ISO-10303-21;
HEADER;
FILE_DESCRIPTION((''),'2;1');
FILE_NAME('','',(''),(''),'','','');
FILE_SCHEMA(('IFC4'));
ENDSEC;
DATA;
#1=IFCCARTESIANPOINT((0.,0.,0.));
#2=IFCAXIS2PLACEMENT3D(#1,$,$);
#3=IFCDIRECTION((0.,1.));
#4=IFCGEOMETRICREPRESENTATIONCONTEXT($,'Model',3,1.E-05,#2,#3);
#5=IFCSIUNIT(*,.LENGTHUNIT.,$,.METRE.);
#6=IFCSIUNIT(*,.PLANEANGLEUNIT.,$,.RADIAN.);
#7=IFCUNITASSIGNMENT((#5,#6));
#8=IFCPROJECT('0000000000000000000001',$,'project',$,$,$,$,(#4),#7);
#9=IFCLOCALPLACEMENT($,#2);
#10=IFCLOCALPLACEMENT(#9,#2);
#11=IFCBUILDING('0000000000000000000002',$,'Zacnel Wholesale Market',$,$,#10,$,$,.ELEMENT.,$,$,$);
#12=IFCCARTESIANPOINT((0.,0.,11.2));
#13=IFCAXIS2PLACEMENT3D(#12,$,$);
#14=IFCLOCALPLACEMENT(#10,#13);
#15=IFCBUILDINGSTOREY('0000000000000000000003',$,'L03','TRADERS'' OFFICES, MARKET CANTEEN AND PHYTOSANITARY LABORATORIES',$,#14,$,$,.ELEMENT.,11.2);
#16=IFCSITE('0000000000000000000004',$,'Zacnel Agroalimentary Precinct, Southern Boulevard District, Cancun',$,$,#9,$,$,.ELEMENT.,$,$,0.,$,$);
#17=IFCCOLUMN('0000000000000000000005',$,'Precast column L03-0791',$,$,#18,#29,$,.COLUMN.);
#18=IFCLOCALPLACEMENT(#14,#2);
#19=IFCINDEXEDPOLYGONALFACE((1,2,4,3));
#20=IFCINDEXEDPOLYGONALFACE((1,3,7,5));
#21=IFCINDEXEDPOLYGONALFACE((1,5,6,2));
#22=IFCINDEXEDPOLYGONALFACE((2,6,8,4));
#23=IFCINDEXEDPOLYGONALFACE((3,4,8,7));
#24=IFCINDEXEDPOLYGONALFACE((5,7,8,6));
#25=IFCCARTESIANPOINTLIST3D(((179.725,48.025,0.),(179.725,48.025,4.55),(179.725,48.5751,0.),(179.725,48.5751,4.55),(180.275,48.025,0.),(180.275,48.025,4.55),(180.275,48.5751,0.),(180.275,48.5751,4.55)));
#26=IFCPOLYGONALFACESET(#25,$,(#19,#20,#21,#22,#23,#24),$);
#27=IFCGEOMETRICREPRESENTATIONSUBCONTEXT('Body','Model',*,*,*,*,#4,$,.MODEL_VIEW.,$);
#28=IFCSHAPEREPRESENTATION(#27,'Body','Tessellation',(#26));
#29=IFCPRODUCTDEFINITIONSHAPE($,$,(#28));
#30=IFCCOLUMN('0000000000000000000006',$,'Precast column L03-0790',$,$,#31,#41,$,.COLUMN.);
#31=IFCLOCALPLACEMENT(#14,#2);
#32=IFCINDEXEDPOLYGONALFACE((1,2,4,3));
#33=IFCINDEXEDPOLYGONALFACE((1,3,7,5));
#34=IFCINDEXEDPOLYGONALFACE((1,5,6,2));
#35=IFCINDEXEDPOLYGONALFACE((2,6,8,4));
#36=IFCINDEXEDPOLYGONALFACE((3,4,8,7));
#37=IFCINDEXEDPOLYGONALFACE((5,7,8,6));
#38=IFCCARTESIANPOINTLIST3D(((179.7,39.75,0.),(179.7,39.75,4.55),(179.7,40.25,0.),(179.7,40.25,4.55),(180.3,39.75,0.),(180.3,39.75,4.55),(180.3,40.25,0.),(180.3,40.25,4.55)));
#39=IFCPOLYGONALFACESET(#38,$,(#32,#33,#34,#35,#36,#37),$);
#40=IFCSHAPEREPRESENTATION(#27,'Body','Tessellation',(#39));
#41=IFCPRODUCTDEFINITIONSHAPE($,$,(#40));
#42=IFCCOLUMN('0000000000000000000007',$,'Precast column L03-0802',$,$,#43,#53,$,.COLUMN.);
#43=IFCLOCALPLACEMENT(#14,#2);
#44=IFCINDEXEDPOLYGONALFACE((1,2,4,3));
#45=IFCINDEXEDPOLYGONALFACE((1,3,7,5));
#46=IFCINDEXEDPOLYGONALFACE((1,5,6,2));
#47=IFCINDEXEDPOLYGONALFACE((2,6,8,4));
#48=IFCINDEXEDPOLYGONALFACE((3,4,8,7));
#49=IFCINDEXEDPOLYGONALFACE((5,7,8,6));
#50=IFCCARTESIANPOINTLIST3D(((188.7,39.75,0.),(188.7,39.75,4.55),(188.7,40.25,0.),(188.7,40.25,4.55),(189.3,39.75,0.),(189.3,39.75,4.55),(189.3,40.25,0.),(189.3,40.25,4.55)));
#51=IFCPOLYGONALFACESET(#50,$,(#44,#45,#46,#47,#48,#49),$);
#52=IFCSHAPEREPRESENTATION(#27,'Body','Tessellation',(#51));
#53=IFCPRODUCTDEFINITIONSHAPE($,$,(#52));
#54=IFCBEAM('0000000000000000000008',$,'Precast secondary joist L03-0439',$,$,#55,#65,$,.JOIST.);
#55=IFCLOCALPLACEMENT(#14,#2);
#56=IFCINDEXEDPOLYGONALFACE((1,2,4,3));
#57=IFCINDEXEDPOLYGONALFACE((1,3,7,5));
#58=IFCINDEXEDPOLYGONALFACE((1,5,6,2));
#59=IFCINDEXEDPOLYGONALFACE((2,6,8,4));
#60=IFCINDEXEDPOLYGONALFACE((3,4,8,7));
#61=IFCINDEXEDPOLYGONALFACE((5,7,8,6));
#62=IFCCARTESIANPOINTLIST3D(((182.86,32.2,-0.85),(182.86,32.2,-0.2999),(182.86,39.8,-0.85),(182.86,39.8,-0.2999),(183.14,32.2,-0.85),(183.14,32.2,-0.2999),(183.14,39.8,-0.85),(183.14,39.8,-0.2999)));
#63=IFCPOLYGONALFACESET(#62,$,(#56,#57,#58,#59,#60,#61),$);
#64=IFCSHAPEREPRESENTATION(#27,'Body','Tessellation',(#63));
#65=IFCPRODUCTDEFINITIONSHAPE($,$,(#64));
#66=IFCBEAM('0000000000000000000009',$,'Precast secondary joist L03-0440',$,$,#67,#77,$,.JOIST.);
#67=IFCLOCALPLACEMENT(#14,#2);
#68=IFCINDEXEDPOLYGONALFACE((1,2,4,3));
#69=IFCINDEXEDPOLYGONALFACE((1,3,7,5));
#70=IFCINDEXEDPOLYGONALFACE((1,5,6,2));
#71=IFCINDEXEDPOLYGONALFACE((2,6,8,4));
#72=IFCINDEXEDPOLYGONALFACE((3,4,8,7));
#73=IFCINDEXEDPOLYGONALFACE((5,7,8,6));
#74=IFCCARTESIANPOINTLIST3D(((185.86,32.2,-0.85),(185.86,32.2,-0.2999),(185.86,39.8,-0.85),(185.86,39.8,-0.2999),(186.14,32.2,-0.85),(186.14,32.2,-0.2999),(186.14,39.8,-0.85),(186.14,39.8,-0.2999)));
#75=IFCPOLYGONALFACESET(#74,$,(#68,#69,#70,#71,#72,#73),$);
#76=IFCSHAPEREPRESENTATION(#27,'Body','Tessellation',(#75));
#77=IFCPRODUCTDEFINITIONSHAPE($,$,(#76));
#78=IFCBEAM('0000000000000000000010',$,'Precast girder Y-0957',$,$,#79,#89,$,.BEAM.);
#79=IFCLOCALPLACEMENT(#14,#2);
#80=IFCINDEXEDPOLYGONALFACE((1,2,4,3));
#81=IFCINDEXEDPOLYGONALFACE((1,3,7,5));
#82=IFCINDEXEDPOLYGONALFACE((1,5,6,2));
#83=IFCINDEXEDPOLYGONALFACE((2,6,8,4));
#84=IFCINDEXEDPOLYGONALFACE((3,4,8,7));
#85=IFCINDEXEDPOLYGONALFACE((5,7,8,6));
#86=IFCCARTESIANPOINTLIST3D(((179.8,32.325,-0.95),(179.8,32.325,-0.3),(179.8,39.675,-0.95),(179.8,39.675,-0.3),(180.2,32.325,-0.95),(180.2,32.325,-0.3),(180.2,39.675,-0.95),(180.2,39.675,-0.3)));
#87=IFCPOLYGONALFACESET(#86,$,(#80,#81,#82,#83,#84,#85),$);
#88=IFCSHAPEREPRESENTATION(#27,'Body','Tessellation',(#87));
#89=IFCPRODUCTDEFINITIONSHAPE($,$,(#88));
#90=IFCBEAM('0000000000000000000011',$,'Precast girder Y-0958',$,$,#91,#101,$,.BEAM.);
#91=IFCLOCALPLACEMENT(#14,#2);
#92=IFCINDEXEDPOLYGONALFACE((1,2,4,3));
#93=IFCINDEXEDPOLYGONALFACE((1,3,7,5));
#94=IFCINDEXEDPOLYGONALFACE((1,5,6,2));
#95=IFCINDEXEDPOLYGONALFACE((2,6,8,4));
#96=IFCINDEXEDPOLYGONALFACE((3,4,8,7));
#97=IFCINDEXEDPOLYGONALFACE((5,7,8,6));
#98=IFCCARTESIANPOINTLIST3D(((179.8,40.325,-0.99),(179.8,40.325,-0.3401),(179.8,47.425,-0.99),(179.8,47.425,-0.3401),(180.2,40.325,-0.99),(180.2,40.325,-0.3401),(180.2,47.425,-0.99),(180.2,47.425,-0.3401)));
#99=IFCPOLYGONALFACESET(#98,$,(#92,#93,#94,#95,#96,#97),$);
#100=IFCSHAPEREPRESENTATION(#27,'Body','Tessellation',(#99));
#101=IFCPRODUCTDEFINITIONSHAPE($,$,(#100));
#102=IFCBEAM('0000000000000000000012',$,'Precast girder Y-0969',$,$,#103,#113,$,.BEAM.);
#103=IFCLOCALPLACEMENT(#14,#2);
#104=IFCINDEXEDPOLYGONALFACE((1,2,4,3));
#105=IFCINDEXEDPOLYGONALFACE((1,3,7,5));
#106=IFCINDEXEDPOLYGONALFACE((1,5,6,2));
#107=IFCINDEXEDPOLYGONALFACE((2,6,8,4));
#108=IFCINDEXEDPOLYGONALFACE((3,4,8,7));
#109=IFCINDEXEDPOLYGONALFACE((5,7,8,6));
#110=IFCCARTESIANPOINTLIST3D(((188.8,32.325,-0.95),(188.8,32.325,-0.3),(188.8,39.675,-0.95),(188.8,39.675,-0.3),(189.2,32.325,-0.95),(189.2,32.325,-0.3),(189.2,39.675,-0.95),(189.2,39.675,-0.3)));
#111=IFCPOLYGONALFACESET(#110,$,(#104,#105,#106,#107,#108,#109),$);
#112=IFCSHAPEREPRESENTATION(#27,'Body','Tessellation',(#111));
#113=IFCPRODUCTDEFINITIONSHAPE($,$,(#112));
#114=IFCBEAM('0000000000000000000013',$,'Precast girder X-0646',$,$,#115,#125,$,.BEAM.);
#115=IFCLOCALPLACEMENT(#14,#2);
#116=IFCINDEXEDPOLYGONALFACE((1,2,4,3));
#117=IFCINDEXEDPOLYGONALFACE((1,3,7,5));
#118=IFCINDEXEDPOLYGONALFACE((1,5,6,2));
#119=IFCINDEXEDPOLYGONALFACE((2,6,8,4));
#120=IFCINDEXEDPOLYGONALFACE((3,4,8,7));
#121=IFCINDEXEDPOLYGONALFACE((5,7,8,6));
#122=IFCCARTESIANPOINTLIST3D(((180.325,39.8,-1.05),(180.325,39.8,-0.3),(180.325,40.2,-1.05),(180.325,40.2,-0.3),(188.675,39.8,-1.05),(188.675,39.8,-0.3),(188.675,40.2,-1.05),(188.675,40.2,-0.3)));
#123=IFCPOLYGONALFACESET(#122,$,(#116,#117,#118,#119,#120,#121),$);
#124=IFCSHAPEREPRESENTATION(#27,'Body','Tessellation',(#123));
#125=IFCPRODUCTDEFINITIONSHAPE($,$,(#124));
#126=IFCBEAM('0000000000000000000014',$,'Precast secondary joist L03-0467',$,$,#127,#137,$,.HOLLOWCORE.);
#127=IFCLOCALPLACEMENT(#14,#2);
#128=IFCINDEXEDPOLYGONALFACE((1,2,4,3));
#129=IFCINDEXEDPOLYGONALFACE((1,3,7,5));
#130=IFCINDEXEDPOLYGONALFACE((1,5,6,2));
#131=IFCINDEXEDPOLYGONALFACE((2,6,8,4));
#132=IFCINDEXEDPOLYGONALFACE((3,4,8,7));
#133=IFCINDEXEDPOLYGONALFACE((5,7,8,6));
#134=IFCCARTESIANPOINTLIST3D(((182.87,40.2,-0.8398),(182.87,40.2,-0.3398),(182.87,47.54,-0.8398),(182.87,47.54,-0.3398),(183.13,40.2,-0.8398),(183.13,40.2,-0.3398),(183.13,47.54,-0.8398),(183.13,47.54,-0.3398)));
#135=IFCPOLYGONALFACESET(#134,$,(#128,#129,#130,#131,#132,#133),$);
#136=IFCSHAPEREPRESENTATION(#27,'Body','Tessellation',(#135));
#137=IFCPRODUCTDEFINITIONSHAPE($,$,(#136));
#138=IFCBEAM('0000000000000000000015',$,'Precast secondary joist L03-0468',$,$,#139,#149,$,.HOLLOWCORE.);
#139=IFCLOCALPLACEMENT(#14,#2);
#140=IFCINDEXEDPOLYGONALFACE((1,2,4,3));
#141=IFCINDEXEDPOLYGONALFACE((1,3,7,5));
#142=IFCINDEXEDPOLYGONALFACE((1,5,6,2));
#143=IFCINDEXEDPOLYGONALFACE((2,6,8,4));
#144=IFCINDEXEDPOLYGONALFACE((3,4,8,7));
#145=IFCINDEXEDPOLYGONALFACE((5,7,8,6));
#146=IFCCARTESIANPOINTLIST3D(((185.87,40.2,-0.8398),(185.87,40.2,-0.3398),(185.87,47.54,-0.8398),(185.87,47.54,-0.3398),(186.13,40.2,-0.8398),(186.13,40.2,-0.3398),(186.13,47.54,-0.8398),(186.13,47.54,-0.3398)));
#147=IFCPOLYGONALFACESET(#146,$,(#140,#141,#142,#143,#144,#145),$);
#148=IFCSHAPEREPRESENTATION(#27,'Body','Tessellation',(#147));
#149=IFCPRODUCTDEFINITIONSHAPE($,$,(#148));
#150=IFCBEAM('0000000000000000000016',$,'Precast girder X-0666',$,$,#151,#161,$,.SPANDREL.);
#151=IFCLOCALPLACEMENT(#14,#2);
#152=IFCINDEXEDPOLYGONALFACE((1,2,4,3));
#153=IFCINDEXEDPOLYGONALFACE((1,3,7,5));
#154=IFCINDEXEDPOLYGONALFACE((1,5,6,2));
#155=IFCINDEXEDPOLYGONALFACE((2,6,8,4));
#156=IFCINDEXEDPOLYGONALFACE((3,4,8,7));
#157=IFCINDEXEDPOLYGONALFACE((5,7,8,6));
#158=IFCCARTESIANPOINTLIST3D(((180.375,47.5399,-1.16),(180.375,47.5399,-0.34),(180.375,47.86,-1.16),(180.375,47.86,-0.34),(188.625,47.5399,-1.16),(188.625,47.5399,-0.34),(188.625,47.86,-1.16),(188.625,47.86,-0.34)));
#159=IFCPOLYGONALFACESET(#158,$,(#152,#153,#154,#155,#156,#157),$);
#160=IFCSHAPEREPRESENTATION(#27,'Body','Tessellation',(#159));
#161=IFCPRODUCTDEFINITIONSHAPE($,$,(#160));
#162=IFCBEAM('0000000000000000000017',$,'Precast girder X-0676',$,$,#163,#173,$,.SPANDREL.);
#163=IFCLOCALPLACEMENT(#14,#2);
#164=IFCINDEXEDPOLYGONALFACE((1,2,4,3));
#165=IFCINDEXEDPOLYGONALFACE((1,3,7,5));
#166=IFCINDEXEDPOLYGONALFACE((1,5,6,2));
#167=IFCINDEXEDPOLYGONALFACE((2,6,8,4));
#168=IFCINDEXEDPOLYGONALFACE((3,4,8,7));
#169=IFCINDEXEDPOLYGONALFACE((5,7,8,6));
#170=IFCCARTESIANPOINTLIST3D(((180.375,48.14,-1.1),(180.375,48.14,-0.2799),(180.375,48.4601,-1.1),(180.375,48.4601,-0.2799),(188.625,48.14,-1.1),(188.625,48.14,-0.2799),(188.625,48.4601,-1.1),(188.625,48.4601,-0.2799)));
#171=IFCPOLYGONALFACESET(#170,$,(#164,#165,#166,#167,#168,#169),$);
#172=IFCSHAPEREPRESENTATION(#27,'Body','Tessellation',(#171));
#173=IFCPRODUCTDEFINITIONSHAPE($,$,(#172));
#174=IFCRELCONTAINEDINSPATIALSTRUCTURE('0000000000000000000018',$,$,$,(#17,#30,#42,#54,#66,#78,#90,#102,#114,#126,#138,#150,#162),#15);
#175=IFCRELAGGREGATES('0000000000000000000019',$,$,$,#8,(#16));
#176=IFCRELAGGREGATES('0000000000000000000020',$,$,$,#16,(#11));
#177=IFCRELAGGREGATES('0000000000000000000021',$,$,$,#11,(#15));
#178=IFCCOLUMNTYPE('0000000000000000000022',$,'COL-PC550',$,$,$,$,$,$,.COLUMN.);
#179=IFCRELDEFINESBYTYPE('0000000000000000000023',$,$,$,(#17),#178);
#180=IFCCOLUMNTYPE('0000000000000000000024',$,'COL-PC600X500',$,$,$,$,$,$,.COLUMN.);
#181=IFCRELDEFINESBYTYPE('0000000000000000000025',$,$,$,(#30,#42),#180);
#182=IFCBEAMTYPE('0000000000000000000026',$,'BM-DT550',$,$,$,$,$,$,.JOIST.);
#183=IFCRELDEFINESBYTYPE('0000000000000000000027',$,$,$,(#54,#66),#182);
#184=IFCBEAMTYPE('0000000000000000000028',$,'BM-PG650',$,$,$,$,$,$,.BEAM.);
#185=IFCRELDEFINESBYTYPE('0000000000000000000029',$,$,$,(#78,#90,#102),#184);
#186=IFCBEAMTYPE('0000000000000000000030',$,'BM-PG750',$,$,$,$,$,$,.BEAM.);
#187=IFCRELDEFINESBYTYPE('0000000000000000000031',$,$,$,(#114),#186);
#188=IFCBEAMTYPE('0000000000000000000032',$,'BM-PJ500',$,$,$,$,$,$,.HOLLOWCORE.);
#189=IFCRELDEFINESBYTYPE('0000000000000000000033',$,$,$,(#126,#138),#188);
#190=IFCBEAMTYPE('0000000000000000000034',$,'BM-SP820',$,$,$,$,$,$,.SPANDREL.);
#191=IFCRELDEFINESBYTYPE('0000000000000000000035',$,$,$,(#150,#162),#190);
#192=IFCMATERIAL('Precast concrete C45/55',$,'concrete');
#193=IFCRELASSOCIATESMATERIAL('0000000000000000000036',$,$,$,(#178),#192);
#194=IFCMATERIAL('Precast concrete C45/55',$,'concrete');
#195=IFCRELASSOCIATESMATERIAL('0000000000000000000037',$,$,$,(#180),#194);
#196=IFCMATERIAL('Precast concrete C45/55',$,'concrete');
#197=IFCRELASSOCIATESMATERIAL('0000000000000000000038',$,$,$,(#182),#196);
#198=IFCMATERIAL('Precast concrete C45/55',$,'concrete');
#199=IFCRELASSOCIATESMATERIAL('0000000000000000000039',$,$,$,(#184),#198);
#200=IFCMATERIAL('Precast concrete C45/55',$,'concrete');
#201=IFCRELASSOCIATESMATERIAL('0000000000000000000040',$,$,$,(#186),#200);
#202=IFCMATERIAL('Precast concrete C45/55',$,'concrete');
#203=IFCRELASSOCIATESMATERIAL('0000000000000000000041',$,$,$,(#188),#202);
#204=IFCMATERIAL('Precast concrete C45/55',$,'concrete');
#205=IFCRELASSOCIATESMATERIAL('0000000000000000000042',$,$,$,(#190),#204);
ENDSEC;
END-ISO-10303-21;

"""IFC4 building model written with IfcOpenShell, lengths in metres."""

from ifc_helpers import new_model, si_unit, direction, frame, origin, origin_2d, place, context, subcontext, project, spatial, rectangle, extrude, material, material_profile, profile_set, type_object, element, save


model = new_model("IFC4")

# Units and contexts
model_context = context("Model", 3, precision=1e-05, world=origin(), true_north=direction((0.0, 1.0)))
body_context = subcontext(model_context, "Body", "Model", "MODEL_VIEW")
ifc_project = project(units=[si_unit("LENGTHUNIT", "METRE"), si_unit("PLANEANGLEUNIT", "RADIAN")], contexts=[model_context])

# Site, building, storey
site_placement = place(None, origin())
site = spatial("IfcSite", under=ifc_project, at=site_placement, Name="Zacnel Agroalimentary Precinct, Southern Boulevard District, Cancun", CompositionType="ELEMENT", RefElevation=0.0)
building_placement = place(site_placement, origin())
building = spatial("IfcBuilding", under=site, at=building_placement, Name="Zacnel Wholesale Market", CompositionType="ELEMENT")
storey_placement = place(building_placement, frame((0.0, 0.0, 11.2)))
storey = spatial("IfcBuildingStorey", under=building, at=storey_placement, Name="L03", Description="TRADERS' OFFICES, MARKET CANTEEN AND PHYTOSANITARY LABORATORIES", CompositionType="ELEMENT", Elevation=11.2)

# Columns
ifc_material_1 = material(Name="Precast concrete C45/55", Category="concrete")
ifc_material_profile_1 = material_profile(ifc_material_1, rectangle(XDim=0.55, YDim=0.55, at=origin_2d()), Name="PC 550x550")
ifc_profile_set_1 = profile_set([ifc_material_profile_1], Name="Precast concrete C45/55")
column_type_1 = type_object("IfcColumnType", Name="COL-PC550", PredefinedType="COLUMN", material=ifc_profile_set_1)
column_placement = place(storey_placement, frame((180.0, 48.3, 0.0), z_axis=(0.0, 0.0, 1.0), x_axis=(1.0, 0.0, 0.0)))
element("IfcColumn", 1, at=column_placement, inside=storey, type_object=column_type_1, Name="Precast column L03-0791", PredefinedType="COLUMN", context=body_context, shape_type="SweptSolid", body=[
    extrude(rectangle(XDim=0.55, YDim=0.55, at=origin_2d()), origin(), (0.0, 0.0, 1.0), 4.55),
])
ifc_material_2 = material(Name="Precast concrete C45/55", Category="concrete")
ifc_material_profile_2 = material_profile(ifc_material_2, rectangle(XDim=0.6001, YDim=0.5, at=origin_2d()), Name="PC 600x500")
ifc_profile_set_2 = profile_set([ifc_material_profile_2], Name="Precast concrete C45/55")
column_type_2 = type_object("IfcColumnType", Name="COL-PC600X500", PredefinedType="COLUMN", material=ifc_profile_set_2)
for number, where, z_axis, x_axis, name in (
    (2, (180.0, 40.0, 0.0), (0.0, 0.0, 1.0), (1.0, 0.0, 0.0), "Precast column L03-0790"),
    (3, (189.0, 40.0, 0.0), (0.0, 0.0, 1.0), (1.0, 0.0, 0.0), "Precast column L03-0802"),
):
    element("IfcColumn", number, at=place(storey_placement, frame(where, z_axis=z_axis, x_axis=x_axis)), inside=storey, type_object=column_type_2, Name=name, PredefinedType="COLUMN", context=body_context, shape_type="SweptSolid", body=[
        extrude(rectangle(XDim=0.6001, YDim=0.5, at=origin_2d()), origin(), (0.0, 0.0, 1.0), 4.55),
    ])

# Beams
ifc_material_3 = material(Name="Precast concrete C45/55", Category="concrete")
ifc_material_profile_3 = material_profile(ifc_material_3, rectangle(XDim=0.28, YDim=0.55, at=origin_2d()), Name="DT RIB 280x550")
ifc_profile_set_3 = profile_set([ifc_material_profile_3], Name="Precast concrete C45/55")
beam_type_1 = type_object("IfcBeamType", Name="BM-DT550", PredefinedType="JOIST", material=ifc_profile_set_3)
for number, where, z_axis, x_axis, name in (
    (4, (183.0, 32.2, -0.575), (0.0, 1.0, 0.0), (-1.0, 0.0, 0.0), "Precast secondary joist L03-0439"),
    (5, (186.0, 32.2, -0.575), (0.0, 1.0, 0.0), (-1.0, 0.0, 0.0), "Precast secondary joist L03-0440"),
):
    element("IfcBeam", number, at=place(storey_placement, frame(where, z_axis=z_axis, x_axis=x_axis)), inside=storey, type_object=beam_type_1, Name=name, PredefinedType="JOIST", context=body_context, shape_type="SweptSolid", body=[
        extrude(rectangle(XDim=0.28, YDim=0.55, at=origin_2d()), origin(), (0.0, 0.0, 1.0), 7.6001),
    ])
ifc_material_4 = material(Name="Precast concrete C45/55", Category="concrete")
ifc_material_profile_4 = material_profile(ifc_material_4, rectangle(XDim=0.3999, YDim=0.6499, at=origin_2d()), Name="PG 400x650")
ifc_profile_set_4 = profile_set([ifc_material_profile_4], Name="Precast concrete C45/55")
beam_type_2 = type_object("IfcBeamType", Name="BM-PG650", PredefinedType="BEAM", material=ifc_profile_set_4)
beam_1_placement = place(storey_placement, frame((180.0, 32.325, -0.625), z_axis=(0.0, 1.0, 0.0), x_axis=(-1.0, 0.0, 0.0)))
element("IfcBeam", 6, at=beam_1_placement, inside=storey, type_object=beam_type_2, Name="Precast girder Y-0957", PredefinedType="BEAM", context=body_context, shape_type="SweptSolid", body=[
    extrude(rectangle(XDim=0.3999, YDim=0.6499, at=origin_2d()), origin(), (0.0, 0.0, 1.0), 7.3501),
])
beam_2_placement = place(storey_placement, frame((180.0, 40.325, -0.665), z_axis=(0.0, 1.0, 0.0), x_axis=(-1.0, 0.0, 0.0)))
element("IfcBeam", 7, at=beam_2_placement, inside=storey, type_object=beam_type_2, Name="Precast girder Y-0958", PredefinedType="BEAM", context=body_context, shape_type="SweptSolid", body=[
    extrude(rectangle(XDim=0.3999, YDim=0.6499, at=origin_2d()), origin(), (0.0, 0.0, 1.0), 7.1001),
])
beam_3_placement = place(storey_placement, frame((189.0, 32.325, -0.625), z_axis=(0.0, 1.0, 0.0), x_axis=(-1.0, 0.0, 0.0)))
element("IfcBeam", 8, at=beam_3_placement, inside=storey, type_object=beam_type_2, Name="Precast girder Y-0969", PredefinedType="BEAM", context=body_context, shape_type="SweptSolid", body=[
    extrude(rectangle(XDim=0.3999, YDim=0.6499, at=origin_2d()), origin(), (0.0, 0.0, 1.0), 7.3501),
])
ifc_material_5 = material(Name="Precast concrete C45/55", Category="concrete")
ifc_material_profile_5 = material_profile(ifc_material_5, rectangle(XDim=0.3999, YDim=0.75, at=origin_2d()), Name="PG 400x750")
ifc_profile_set_5 = profile_set([ifc_material_profile_5], Name="Precast concrete C45/55")
beam_type_3 = type_object("IfcBeamType", Name="BM-PG750", PredefinedType="BEAM", material=ifc_profile_set_5)
beam_4_placement = place(storey_placement, frame((180.325, 40.0, -0.675), z_axis=(1.0, 0.0, 0.0), x_axis=(0.0, 1.0, 0.0)))
element("IfcBeam", 9, at=beam_4_placement, inside=storey, type_object=beam_type_3, Name="Precast girder X-0646", PredefinedType="BEAM", context=body_context, shape_type="SweptSolid", body=[
    extrude(rectangle(XDim=0.3999, YDim=0.75, at=origin_2d()), origin(), (0.0, 0.0, 1.0), 8.3501),
])
ifc_material_6 = material(Name="Precast concrete C45/55", Category="concrete")
ifc_material_profile_6 = material_profile(ifc_material_6, rectangle(XDim=0.26, YDim=0.5, at=origin_2d()), Name="PJ 260x500")
ifc_profile_set_6 = profile_set([ifc_material_profile_6], Name="Precast concrete C45/55")
beam_type_4 = type_object("IfcBeamType", Name="BM-PJ500", PredefinedType="HOLLOWCORE", material=ifc_profile_set_6)
for number, where, z_axis, x_axis, name in (
    (10, (183.0, 40.2, -0.5898), (0.0, 1.0, 0.0), (-1.0, 0.0, 0.0), "Precast secondary joist L03-0467"),
    (11, (186.0, 40.2, -0.5898), (0.0, 1.0, 0.0), (-1.0, 0.0, 0.0), "Precast secondary joist L03-0468"),
):
    element("IfcBeam", number, at=place(storey_placement, frame(where, z_axis=z_axis, x_axis=x_axis)), inside=storey, type_object=beam_type_4, Name=name, PredefinedType="HOLLOWCORE", context=body_context, shape_type="SweptSolid", body=[
        extrude(rectangle(XDim=0.26, YDim=0.5, at=origin_2d()), origin(), (0.0, 0.0, 1.0), 7.3401),
    ])
ifc_material_7 = material(Name="Precast concrete C45/55", Category="concrete")
ifc_material_profile_7 = material_profile(ifc_material_7, rectangle(XDim=0.3201, YDim=0.8201, at=origin_2d()), Name="SP 320x820")
ifc_profile_set_7 = profile_set([ifc_material_profile_7], Name="Precast concrete C45/55")
beam_type_5 = type_object("IfcBeamType", Name="BM-SP820", PredefinedType="SPANDREL", material=ifc_profile_set_7)
for number, where, z_axis, x_axis, name in (
    (12, (180.375, 47.7, -0.75), (1.0, 0.0, 0.0), (0.0, 1.0, 0.0), "Precast girder X-0666"),
    (13, (180.375, 48.3, -0.6899), (1.0, 0.0, 0.0), (0.0, 1.0, 0.0), "Precast girder X-0676"),
):
    element("IfcBeam", number, at=place(storey_placement, frame(where, z_axis=z_axis, x_axis=x_axis)), inside=storey, type_object=beam_type_5, Name=name, PredefinedType="SPANDREL", context=body_context, shape_type="SweptSolid", body=[
        extrude(rectangle(XDim=0.3201, YDim=0.8201, at=origin_2d()), origin(), (0.0, 0.0, 1.0), 8.25),
    ])

save(model, "model.ifc")
